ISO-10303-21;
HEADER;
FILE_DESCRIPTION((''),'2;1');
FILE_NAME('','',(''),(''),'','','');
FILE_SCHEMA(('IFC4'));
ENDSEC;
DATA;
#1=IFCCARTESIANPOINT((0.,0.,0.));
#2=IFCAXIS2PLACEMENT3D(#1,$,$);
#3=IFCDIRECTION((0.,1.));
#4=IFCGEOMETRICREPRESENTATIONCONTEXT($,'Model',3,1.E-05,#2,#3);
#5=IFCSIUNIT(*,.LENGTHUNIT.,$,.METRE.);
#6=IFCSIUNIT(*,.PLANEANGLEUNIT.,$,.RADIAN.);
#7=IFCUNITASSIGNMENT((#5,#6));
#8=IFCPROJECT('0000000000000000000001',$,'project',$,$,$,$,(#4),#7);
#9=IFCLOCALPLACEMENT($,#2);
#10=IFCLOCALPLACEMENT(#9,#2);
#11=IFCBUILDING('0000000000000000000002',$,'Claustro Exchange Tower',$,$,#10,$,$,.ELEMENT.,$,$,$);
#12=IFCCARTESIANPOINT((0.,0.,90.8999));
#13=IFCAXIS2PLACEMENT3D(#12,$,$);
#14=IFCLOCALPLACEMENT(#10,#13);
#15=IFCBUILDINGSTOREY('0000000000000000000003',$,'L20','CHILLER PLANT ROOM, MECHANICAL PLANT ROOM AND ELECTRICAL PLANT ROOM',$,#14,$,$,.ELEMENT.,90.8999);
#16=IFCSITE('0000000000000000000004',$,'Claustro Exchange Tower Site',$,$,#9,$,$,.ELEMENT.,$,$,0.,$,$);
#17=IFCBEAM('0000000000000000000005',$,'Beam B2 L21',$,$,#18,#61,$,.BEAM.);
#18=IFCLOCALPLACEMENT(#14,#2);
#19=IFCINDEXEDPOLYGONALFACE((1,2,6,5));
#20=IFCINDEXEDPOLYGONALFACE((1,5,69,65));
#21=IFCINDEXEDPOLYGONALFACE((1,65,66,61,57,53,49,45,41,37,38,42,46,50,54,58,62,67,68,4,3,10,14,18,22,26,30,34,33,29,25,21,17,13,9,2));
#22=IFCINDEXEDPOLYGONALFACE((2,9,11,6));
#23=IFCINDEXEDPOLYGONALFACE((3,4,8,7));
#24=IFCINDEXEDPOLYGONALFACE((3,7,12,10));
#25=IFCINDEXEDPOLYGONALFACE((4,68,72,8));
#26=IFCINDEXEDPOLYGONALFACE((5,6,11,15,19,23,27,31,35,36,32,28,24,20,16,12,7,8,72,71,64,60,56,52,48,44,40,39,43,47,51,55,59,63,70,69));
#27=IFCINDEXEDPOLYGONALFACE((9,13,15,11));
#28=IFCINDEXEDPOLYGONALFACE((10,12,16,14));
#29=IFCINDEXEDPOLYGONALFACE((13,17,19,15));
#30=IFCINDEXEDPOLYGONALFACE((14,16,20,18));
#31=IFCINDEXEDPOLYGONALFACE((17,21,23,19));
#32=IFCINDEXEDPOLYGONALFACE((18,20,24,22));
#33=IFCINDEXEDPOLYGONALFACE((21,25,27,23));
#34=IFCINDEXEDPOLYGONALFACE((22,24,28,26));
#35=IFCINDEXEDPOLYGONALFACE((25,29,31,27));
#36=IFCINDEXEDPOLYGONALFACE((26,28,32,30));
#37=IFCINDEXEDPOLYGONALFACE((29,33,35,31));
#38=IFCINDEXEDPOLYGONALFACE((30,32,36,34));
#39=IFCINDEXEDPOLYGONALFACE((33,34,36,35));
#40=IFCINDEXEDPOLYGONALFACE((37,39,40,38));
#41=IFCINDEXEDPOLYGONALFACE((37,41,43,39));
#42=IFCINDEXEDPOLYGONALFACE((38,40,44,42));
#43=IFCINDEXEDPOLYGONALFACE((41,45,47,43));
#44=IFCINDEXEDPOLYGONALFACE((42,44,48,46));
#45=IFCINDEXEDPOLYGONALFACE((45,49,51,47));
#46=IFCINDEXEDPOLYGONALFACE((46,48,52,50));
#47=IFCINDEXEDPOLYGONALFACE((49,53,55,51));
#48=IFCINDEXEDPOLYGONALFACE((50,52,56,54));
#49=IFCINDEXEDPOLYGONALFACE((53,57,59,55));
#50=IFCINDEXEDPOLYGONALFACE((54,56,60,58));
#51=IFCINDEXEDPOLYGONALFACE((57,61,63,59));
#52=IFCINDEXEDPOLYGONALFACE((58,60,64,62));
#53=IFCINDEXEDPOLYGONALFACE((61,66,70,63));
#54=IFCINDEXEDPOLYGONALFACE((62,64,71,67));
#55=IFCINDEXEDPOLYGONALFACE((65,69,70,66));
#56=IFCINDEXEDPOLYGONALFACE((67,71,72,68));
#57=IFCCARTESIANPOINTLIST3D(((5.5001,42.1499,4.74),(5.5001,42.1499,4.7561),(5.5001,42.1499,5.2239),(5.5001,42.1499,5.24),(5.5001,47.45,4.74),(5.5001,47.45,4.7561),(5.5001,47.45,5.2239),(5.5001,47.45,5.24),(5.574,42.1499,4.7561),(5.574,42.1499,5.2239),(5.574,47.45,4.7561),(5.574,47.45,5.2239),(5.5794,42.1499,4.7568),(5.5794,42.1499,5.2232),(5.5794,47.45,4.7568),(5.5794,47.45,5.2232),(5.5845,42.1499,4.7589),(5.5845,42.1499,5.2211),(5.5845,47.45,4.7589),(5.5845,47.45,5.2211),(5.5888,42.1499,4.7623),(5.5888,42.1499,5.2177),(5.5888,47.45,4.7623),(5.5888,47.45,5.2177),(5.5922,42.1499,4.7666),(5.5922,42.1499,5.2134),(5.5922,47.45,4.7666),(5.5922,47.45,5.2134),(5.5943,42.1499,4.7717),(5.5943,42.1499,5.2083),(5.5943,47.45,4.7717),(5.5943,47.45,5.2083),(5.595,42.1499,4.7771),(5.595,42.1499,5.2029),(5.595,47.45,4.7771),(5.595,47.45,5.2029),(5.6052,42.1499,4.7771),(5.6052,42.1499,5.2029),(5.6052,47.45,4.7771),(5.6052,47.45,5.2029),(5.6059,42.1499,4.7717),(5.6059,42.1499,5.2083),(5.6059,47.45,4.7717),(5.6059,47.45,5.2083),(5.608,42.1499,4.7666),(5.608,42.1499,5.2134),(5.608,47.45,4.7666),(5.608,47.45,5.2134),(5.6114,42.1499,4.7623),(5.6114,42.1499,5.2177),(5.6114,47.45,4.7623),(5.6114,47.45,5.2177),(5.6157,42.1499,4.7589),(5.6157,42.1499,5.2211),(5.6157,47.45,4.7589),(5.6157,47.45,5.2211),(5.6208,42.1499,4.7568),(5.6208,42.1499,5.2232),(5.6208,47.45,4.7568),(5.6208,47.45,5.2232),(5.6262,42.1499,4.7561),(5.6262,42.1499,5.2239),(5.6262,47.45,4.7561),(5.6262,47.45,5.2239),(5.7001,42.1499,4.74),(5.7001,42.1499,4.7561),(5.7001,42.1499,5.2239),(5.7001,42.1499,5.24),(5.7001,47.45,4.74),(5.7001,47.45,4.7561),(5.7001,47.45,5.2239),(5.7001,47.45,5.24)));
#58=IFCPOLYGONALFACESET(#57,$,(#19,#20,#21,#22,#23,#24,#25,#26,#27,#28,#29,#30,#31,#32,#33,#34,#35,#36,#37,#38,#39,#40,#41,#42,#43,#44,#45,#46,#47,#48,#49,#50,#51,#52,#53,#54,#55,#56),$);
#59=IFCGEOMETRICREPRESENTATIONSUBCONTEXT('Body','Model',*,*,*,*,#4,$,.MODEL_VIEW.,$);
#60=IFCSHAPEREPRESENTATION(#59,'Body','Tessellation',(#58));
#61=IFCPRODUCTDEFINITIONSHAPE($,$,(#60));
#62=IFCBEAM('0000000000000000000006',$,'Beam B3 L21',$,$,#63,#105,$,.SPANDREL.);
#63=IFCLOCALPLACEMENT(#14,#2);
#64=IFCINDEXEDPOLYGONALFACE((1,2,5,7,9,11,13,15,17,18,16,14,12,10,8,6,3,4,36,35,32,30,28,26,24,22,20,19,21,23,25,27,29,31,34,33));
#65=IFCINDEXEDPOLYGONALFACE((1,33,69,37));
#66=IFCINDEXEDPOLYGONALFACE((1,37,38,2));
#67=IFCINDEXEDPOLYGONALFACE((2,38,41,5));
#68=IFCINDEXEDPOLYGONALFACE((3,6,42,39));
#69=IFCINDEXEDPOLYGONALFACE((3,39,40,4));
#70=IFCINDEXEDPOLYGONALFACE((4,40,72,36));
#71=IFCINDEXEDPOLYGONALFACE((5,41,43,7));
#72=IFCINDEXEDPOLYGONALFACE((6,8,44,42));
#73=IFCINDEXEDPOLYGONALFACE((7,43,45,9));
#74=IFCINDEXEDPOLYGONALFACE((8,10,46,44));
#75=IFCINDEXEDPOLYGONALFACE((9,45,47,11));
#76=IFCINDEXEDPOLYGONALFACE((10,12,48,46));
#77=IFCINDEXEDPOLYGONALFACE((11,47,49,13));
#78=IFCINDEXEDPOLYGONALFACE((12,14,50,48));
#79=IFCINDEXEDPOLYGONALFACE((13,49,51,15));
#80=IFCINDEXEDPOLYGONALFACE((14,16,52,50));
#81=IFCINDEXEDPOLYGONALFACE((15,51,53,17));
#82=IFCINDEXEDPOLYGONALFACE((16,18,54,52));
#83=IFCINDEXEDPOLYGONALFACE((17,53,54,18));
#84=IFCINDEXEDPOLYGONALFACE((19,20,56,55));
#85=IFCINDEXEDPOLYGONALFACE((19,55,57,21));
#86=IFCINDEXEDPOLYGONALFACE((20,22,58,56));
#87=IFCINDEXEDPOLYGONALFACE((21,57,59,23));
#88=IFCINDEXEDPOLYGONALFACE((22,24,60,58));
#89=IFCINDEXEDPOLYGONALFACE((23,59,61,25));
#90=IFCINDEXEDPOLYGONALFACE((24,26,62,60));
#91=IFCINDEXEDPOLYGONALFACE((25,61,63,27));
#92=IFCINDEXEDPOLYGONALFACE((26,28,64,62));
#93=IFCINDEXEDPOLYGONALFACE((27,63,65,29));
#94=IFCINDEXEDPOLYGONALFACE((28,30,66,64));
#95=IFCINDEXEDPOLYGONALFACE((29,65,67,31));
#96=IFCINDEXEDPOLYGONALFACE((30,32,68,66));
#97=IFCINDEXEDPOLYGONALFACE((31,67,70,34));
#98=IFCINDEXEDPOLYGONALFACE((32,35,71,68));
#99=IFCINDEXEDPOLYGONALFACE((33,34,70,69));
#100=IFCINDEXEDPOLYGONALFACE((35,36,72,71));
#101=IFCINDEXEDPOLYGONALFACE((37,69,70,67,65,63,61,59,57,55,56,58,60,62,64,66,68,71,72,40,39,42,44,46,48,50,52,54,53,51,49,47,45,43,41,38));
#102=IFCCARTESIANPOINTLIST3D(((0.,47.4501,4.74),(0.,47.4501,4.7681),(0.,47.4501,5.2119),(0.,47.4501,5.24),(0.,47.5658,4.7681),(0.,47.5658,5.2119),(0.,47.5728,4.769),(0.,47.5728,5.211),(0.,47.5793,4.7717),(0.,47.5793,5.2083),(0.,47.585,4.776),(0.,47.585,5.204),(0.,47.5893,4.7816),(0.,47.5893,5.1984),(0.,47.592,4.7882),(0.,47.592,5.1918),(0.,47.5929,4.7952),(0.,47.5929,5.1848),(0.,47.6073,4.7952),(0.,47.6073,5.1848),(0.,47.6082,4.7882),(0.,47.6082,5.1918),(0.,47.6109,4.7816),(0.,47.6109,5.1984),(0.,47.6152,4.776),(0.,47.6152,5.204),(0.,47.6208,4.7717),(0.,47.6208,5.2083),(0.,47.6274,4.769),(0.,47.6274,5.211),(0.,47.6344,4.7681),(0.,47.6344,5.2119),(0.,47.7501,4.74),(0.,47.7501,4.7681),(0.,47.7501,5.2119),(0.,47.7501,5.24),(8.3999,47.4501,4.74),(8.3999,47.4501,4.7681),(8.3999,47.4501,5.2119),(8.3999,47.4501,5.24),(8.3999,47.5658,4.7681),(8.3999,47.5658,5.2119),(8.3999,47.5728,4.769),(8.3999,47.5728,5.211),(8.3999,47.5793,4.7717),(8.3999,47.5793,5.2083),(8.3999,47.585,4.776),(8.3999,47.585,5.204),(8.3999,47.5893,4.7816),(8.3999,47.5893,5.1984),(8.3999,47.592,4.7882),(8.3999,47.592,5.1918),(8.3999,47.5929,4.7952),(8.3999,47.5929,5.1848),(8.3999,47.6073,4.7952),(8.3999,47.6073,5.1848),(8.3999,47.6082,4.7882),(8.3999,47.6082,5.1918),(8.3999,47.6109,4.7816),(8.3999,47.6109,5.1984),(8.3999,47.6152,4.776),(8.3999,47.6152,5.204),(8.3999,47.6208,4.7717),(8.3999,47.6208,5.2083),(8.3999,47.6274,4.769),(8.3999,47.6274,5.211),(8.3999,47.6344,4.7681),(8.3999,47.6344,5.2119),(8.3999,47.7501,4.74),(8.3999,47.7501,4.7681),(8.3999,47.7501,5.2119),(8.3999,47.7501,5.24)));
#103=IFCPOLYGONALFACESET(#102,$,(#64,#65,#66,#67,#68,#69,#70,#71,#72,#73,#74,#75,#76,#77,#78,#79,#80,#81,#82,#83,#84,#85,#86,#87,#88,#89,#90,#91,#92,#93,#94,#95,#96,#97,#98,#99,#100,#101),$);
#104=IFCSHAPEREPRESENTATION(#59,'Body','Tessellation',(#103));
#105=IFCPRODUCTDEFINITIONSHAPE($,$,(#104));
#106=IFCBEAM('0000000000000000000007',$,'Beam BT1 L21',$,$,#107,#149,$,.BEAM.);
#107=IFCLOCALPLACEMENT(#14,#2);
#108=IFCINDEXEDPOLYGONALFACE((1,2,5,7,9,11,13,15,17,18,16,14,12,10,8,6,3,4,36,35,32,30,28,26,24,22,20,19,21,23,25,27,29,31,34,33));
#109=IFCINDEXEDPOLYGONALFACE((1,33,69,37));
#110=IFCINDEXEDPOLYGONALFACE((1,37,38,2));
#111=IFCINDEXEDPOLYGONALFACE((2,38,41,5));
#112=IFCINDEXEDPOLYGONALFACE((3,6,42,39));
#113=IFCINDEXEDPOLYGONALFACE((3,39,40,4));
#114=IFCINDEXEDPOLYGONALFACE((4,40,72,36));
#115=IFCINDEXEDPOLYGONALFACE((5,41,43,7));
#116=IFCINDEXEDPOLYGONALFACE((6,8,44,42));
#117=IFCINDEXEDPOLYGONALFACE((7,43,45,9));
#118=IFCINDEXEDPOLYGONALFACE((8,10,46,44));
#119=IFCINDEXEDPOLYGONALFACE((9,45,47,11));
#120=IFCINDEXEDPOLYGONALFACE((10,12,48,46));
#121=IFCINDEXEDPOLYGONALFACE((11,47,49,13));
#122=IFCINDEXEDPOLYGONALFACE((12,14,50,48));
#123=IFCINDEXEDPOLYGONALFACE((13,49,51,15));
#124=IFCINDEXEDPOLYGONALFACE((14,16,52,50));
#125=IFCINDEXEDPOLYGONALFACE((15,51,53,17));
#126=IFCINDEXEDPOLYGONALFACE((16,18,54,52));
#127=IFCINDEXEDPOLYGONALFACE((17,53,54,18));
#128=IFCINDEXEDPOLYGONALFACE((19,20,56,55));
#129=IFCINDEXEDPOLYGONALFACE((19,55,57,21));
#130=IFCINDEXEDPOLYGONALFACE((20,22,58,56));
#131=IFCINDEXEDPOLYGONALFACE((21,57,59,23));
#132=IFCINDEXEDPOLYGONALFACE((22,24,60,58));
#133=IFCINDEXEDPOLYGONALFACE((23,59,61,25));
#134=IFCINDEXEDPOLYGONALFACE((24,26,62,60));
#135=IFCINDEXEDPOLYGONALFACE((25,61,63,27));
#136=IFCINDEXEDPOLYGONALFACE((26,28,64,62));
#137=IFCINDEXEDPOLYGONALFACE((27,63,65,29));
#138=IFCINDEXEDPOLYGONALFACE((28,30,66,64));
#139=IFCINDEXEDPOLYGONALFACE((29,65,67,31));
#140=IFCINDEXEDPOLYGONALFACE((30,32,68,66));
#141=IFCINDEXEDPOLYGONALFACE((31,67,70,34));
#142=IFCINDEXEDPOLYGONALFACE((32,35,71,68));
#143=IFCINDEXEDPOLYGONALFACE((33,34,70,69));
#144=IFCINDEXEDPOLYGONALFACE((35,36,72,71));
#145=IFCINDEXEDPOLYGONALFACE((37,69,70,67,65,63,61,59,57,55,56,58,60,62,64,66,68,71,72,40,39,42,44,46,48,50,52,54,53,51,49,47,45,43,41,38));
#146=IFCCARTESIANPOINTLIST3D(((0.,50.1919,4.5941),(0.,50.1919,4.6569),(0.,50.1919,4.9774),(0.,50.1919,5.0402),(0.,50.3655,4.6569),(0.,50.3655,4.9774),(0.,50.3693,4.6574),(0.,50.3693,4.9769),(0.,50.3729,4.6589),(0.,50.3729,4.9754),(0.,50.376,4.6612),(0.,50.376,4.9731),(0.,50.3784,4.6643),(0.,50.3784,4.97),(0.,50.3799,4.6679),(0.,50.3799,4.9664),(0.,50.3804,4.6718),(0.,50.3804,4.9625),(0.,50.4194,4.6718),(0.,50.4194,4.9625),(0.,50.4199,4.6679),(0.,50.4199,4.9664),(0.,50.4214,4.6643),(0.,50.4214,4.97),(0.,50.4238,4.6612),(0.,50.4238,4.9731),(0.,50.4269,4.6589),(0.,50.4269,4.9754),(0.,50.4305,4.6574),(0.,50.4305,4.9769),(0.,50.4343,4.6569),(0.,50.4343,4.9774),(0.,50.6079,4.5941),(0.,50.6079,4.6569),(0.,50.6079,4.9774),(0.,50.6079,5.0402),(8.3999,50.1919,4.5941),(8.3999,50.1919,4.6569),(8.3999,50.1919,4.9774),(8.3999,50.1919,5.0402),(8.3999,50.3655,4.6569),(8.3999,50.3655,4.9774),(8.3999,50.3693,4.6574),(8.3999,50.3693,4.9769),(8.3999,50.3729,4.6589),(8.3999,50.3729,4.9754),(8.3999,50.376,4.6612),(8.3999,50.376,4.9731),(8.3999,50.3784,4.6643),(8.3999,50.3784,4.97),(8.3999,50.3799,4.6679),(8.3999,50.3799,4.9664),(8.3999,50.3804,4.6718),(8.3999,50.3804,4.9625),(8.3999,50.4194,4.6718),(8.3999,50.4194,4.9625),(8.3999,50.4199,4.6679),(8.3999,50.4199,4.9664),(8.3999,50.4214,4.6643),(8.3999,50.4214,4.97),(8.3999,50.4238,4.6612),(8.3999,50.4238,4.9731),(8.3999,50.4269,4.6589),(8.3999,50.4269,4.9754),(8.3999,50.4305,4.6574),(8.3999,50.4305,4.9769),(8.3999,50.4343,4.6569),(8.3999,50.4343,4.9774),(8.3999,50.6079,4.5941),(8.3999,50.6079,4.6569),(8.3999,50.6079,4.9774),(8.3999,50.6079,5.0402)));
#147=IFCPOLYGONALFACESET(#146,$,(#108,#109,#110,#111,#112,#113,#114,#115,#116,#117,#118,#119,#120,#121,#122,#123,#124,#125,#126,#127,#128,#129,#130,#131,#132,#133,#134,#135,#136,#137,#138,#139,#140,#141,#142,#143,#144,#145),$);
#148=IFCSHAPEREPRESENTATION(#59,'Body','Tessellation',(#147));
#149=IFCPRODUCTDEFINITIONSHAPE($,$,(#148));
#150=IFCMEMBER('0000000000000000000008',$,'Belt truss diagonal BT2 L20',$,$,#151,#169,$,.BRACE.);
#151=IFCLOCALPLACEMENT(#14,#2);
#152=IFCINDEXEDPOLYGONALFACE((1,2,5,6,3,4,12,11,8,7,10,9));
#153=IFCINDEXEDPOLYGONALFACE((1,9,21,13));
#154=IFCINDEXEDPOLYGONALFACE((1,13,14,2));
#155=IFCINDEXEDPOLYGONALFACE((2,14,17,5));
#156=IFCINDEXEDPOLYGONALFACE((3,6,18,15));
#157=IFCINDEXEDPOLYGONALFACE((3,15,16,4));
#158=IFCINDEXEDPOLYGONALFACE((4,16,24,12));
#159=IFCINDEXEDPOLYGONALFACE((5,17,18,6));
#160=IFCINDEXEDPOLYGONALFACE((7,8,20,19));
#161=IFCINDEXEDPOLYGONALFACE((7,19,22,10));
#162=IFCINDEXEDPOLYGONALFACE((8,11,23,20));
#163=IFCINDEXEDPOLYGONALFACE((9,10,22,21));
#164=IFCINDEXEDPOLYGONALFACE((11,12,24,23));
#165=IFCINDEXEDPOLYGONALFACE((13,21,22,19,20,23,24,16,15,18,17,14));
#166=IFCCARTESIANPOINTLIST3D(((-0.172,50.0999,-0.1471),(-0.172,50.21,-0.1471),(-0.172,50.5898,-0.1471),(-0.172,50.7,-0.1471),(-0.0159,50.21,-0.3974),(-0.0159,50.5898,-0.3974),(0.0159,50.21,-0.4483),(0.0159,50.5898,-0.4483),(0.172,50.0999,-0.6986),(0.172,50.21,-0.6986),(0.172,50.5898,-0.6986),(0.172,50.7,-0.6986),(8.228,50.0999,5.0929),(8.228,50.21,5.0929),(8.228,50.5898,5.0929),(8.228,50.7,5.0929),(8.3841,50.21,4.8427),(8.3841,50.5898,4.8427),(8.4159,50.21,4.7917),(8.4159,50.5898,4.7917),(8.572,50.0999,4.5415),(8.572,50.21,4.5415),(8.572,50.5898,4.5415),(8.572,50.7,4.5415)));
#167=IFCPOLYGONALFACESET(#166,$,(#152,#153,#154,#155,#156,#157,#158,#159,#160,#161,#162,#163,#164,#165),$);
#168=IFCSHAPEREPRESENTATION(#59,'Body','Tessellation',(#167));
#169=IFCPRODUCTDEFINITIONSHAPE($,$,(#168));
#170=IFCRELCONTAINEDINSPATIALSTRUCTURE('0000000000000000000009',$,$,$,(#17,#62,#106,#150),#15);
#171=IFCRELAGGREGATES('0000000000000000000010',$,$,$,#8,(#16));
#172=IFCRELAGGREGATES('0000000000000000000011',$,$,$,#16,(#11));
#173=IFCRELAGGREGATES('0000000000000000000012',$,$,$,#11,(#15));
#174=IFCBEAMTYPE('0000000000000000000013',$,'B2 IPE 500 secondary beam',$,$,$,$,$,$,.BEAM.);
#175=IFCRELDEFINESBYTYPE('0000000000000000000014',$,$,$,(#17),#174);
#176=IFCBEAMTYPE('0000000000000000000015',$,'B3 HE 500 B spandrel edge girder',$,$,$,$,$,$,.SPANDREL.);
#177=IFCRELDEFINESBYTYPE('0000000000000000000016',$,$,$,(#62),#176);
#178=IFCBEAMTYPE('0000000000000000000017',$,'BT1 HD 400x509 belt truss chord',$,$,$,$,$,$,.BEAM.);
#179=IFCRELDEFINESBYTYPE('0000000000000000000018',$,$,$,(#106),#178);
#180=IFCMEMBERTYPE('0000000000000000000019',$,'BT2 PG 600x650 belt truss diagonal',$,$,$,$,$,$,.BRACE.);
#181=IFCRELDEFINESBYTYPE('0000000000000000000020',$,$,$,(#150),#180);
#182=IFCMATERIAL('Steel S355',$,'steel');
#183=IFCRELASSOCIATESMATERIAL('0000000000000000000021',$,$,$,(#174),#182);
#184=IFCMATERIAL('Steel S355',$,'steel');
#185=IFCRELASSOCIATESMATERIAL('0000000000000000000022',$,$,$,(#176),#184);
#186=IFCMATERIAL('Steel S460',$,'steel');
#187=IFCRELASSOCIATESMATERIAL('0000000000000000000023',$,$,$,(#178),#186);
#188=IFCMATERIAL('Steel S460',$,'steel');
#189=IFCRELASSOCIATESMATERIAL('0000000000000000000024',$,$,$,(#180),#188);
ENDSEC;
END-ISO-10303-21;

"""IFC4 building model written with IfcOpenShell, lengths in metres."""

from ifc_helpers import new_model, si_unit, direction, frame, origin, origin_2d, place, context, subcontext, project, spatial, i_section, extrude, material, material_profile, profile_set, type_object, element, save


model = new_model("IFC4")

# Units and contexts
model_context = context("Model", 3, precision=1e-05, world=origin(), true_north=direction((0.0, 1.0)))
body_context = subcontext(model_context, "Body", "Model", "MODEL_VIEW")
ifc_project = project(units=[si_unit("LENGTHUNIT", "METRE"), si_unit("PLANEANGLEUNIT", "RADIAN")], contexts=[model_context])

# Site, building, storey
site_placement = place(None, origin())
site = spatial("IfcSite", under=ifc_project, at=site_placement, Name="Claustro Exchange Tower Site", CompositionType="ELEMENT", RefElevation=0.0)
building_placement = place(site_placement, origin())
building = spatial("IfcBuilding", under=site, at=building_placement, Name="Claustro Exchange Tower", CompositionType="ELEMENT")
storey_placement = place(building_placement, frame((0.0, 0.0, 90.8999)))
storey = spatial("IfcBuildingStorey", under=building, at=storey_placement, Name="L20", Description="CHILLER PLANT ROOM, MECHANICAL PLANT ROOM AND ELECTRICAL PLANT ROOM", CompositionType="ELEMENT", Elevation=90.8999)

# Beams
ifc_material_1 = material(Name="Steel S355", Category="steel")
ifc_material_profile_1 = material_profile(ifc_material_1, i_section(OverallWidth=0.2, OverallDepth=0.5, WebThickness=0.0103, FlangeThickness=0.0161, FilletRadius=0.021, at=origin_2d()), Name="IPE 500")
ifc_profile_set_1 = profile_set([ifc_material_profile_1], Name="Steel S355")
beam_type_1 = type_object("IfcBeamType", Name="B2 IPE 500 secondary beam", PredefinedType="BEAM", material=ifc_profile_set_1)
for number, where, z_axis, x_axis, name in (
    (1, (5.6001, 42.1499, 4.99), (0.0, 1.0, 0.0), (-1.0, 0.0, 0.0), "Beam B2 L21"),
):
    element("IfcBeam", number, at=place(storey_placement, frame(where, z_axis=z_axis, x_axis=x_axis)), inside=storey, type_object=beam_type_1, Name=name, PredefinedType="BEAM", context=body_context, shape_type="SweptSolid", body=[
        extrude(i_section(OverallWidth=0.2, OverallDepth=0.5, WebThickness=0.0103, FlangeThickness=0.0161, FilletRadius=0.021, at=origin_2d()), origin(), (0.0, 0.0, 1.0), 5.3),
    ])
ifc_material_2 = material(Name="Steel S355", Category="steel")
ifc_material_profile_2 = material_profile(ifc_material_2, i_section(OverallWidth=0.3, OverallDepth=0.5, WebThickness=0.0144, FlangeThickness=0.0281, FilletRadius=0.0271, at=origin_2d()), Name="HE 500 B")
ifc_profile_set_2 = profile_set([ifc_material_profile_2], Name="Steel S355")
beam_type_2 = type_object("IfcBeamType", Name="B3 HE 500 B spandrel edge girder", PredefinedType="SPANDREL", material=ifc_profile_set_2)
beam_1_placement = place(storey_placement, frame((0.0, 47.6001, 4.99), z_axis=(1.0, 0.0, 0.0), x_axis=(0.0, 1.0, 0.0)))
element("IfcBeam", 2, at=beam_1_placement, inside=storey, type_object=beam_type_2, Name="Beam B3 L21", PredefinedType="SPANDREL", context=body_context, shape_type="SweptSolid", body=[
    extrude(i_section(OverallWidth=0.3, OverallDepth=0.5, WebThickness=0.0144, FlangeThickness=0.0281, FilletRadius=0.0271, at=origin_2d()), origin(), (0.0, 0.0, 1.0), 8.3999),
])
ifc_material_3 = material(Name="Steel S460", Category="steel")
ifc_material_profile_3 = material_profile(ifc_material_3, i_section(OverallWidth=0.416, OverallDepth=0.446, WebThickness=0.0391, FlangeThickness=0.0627, FilletRadius=0.0149, at=origin_2d()), Name="HD 400x509")
ifc_profile_set_3 = profile_set([ifc_material_profile_3], Name="Steel S460")
beam_type_3 = type_object("IfcBeamType", Name="BT1 HD 400x509 belt truss chord", PredefinedType="BEAM", material=ifc_profile_set_3)
beam_2_placement = place(storey_placement, frame((0.0, 50.3999, 4.8171), z_axis=(1.0, 0.0, 0.0), x_axis=(0.0, 1.0, 0.0)))
element("IfcBeam", 3, at=beam_2_placement, inside=storey, type_object=beam_type_3, Name="Beam BT1 L21", PredefinedType="BEAM", context=body_context, shape_type="SweptSolid", body=[
    extrude(i_section(OverallWidth=0.416, OverallDepth=0.446, WebThickness=0.0391, FlangeThickness=0.0627, FilletRadius=0.0149, at=origin_2d()), origin(), (0.0, 0.0, 1.0), 8.3999),
])

# Member
ifc_material_4 = material(Name="Steel S460", Category="steel")
ifc_material_profile_4 = material_profile(ifc_material_4, i_section(OverallWidth=0.6499, OverallDepth=0.6001, WebThickness=0.0601, FlangeThickness=0.1101, at=origin_2d()), Name="PG 600x650")
ifc_profile_set_4 = profile_set([ifc_material_profile_4], Name="Steel S460")
member_type = type_object("IfcMemberType", Name="BT2 PG 600x650 belt truss diagonal", PredefinedType="BRACE", material=ifc_profile_set_4)
member_1_placement = place(storey_placement, frame((0.0, 50.3999, -0.4229), z_axis=(0.84845, 0.0, 0.529276), x_axis=(-0.529276, 0.0, 0.84845)))
element("IfcMember", 4, at=member_1_placement, inside=storey, type_object=member_type, Name="Belt truss diagonal BT2 L20", PredefinedType="BRACE", context=body_context, shape_type="SweptSolid", body=[
    extrude(i_section(OverallWidth=0.6499, OverallDepth=0.6001, WebThickness=0.0601, FlangeThickness=0.1101, at=origin_2d()), origin(), (0.0, 0.0, 1.0), 9.9004),
])

save(model, "model.ifc")
